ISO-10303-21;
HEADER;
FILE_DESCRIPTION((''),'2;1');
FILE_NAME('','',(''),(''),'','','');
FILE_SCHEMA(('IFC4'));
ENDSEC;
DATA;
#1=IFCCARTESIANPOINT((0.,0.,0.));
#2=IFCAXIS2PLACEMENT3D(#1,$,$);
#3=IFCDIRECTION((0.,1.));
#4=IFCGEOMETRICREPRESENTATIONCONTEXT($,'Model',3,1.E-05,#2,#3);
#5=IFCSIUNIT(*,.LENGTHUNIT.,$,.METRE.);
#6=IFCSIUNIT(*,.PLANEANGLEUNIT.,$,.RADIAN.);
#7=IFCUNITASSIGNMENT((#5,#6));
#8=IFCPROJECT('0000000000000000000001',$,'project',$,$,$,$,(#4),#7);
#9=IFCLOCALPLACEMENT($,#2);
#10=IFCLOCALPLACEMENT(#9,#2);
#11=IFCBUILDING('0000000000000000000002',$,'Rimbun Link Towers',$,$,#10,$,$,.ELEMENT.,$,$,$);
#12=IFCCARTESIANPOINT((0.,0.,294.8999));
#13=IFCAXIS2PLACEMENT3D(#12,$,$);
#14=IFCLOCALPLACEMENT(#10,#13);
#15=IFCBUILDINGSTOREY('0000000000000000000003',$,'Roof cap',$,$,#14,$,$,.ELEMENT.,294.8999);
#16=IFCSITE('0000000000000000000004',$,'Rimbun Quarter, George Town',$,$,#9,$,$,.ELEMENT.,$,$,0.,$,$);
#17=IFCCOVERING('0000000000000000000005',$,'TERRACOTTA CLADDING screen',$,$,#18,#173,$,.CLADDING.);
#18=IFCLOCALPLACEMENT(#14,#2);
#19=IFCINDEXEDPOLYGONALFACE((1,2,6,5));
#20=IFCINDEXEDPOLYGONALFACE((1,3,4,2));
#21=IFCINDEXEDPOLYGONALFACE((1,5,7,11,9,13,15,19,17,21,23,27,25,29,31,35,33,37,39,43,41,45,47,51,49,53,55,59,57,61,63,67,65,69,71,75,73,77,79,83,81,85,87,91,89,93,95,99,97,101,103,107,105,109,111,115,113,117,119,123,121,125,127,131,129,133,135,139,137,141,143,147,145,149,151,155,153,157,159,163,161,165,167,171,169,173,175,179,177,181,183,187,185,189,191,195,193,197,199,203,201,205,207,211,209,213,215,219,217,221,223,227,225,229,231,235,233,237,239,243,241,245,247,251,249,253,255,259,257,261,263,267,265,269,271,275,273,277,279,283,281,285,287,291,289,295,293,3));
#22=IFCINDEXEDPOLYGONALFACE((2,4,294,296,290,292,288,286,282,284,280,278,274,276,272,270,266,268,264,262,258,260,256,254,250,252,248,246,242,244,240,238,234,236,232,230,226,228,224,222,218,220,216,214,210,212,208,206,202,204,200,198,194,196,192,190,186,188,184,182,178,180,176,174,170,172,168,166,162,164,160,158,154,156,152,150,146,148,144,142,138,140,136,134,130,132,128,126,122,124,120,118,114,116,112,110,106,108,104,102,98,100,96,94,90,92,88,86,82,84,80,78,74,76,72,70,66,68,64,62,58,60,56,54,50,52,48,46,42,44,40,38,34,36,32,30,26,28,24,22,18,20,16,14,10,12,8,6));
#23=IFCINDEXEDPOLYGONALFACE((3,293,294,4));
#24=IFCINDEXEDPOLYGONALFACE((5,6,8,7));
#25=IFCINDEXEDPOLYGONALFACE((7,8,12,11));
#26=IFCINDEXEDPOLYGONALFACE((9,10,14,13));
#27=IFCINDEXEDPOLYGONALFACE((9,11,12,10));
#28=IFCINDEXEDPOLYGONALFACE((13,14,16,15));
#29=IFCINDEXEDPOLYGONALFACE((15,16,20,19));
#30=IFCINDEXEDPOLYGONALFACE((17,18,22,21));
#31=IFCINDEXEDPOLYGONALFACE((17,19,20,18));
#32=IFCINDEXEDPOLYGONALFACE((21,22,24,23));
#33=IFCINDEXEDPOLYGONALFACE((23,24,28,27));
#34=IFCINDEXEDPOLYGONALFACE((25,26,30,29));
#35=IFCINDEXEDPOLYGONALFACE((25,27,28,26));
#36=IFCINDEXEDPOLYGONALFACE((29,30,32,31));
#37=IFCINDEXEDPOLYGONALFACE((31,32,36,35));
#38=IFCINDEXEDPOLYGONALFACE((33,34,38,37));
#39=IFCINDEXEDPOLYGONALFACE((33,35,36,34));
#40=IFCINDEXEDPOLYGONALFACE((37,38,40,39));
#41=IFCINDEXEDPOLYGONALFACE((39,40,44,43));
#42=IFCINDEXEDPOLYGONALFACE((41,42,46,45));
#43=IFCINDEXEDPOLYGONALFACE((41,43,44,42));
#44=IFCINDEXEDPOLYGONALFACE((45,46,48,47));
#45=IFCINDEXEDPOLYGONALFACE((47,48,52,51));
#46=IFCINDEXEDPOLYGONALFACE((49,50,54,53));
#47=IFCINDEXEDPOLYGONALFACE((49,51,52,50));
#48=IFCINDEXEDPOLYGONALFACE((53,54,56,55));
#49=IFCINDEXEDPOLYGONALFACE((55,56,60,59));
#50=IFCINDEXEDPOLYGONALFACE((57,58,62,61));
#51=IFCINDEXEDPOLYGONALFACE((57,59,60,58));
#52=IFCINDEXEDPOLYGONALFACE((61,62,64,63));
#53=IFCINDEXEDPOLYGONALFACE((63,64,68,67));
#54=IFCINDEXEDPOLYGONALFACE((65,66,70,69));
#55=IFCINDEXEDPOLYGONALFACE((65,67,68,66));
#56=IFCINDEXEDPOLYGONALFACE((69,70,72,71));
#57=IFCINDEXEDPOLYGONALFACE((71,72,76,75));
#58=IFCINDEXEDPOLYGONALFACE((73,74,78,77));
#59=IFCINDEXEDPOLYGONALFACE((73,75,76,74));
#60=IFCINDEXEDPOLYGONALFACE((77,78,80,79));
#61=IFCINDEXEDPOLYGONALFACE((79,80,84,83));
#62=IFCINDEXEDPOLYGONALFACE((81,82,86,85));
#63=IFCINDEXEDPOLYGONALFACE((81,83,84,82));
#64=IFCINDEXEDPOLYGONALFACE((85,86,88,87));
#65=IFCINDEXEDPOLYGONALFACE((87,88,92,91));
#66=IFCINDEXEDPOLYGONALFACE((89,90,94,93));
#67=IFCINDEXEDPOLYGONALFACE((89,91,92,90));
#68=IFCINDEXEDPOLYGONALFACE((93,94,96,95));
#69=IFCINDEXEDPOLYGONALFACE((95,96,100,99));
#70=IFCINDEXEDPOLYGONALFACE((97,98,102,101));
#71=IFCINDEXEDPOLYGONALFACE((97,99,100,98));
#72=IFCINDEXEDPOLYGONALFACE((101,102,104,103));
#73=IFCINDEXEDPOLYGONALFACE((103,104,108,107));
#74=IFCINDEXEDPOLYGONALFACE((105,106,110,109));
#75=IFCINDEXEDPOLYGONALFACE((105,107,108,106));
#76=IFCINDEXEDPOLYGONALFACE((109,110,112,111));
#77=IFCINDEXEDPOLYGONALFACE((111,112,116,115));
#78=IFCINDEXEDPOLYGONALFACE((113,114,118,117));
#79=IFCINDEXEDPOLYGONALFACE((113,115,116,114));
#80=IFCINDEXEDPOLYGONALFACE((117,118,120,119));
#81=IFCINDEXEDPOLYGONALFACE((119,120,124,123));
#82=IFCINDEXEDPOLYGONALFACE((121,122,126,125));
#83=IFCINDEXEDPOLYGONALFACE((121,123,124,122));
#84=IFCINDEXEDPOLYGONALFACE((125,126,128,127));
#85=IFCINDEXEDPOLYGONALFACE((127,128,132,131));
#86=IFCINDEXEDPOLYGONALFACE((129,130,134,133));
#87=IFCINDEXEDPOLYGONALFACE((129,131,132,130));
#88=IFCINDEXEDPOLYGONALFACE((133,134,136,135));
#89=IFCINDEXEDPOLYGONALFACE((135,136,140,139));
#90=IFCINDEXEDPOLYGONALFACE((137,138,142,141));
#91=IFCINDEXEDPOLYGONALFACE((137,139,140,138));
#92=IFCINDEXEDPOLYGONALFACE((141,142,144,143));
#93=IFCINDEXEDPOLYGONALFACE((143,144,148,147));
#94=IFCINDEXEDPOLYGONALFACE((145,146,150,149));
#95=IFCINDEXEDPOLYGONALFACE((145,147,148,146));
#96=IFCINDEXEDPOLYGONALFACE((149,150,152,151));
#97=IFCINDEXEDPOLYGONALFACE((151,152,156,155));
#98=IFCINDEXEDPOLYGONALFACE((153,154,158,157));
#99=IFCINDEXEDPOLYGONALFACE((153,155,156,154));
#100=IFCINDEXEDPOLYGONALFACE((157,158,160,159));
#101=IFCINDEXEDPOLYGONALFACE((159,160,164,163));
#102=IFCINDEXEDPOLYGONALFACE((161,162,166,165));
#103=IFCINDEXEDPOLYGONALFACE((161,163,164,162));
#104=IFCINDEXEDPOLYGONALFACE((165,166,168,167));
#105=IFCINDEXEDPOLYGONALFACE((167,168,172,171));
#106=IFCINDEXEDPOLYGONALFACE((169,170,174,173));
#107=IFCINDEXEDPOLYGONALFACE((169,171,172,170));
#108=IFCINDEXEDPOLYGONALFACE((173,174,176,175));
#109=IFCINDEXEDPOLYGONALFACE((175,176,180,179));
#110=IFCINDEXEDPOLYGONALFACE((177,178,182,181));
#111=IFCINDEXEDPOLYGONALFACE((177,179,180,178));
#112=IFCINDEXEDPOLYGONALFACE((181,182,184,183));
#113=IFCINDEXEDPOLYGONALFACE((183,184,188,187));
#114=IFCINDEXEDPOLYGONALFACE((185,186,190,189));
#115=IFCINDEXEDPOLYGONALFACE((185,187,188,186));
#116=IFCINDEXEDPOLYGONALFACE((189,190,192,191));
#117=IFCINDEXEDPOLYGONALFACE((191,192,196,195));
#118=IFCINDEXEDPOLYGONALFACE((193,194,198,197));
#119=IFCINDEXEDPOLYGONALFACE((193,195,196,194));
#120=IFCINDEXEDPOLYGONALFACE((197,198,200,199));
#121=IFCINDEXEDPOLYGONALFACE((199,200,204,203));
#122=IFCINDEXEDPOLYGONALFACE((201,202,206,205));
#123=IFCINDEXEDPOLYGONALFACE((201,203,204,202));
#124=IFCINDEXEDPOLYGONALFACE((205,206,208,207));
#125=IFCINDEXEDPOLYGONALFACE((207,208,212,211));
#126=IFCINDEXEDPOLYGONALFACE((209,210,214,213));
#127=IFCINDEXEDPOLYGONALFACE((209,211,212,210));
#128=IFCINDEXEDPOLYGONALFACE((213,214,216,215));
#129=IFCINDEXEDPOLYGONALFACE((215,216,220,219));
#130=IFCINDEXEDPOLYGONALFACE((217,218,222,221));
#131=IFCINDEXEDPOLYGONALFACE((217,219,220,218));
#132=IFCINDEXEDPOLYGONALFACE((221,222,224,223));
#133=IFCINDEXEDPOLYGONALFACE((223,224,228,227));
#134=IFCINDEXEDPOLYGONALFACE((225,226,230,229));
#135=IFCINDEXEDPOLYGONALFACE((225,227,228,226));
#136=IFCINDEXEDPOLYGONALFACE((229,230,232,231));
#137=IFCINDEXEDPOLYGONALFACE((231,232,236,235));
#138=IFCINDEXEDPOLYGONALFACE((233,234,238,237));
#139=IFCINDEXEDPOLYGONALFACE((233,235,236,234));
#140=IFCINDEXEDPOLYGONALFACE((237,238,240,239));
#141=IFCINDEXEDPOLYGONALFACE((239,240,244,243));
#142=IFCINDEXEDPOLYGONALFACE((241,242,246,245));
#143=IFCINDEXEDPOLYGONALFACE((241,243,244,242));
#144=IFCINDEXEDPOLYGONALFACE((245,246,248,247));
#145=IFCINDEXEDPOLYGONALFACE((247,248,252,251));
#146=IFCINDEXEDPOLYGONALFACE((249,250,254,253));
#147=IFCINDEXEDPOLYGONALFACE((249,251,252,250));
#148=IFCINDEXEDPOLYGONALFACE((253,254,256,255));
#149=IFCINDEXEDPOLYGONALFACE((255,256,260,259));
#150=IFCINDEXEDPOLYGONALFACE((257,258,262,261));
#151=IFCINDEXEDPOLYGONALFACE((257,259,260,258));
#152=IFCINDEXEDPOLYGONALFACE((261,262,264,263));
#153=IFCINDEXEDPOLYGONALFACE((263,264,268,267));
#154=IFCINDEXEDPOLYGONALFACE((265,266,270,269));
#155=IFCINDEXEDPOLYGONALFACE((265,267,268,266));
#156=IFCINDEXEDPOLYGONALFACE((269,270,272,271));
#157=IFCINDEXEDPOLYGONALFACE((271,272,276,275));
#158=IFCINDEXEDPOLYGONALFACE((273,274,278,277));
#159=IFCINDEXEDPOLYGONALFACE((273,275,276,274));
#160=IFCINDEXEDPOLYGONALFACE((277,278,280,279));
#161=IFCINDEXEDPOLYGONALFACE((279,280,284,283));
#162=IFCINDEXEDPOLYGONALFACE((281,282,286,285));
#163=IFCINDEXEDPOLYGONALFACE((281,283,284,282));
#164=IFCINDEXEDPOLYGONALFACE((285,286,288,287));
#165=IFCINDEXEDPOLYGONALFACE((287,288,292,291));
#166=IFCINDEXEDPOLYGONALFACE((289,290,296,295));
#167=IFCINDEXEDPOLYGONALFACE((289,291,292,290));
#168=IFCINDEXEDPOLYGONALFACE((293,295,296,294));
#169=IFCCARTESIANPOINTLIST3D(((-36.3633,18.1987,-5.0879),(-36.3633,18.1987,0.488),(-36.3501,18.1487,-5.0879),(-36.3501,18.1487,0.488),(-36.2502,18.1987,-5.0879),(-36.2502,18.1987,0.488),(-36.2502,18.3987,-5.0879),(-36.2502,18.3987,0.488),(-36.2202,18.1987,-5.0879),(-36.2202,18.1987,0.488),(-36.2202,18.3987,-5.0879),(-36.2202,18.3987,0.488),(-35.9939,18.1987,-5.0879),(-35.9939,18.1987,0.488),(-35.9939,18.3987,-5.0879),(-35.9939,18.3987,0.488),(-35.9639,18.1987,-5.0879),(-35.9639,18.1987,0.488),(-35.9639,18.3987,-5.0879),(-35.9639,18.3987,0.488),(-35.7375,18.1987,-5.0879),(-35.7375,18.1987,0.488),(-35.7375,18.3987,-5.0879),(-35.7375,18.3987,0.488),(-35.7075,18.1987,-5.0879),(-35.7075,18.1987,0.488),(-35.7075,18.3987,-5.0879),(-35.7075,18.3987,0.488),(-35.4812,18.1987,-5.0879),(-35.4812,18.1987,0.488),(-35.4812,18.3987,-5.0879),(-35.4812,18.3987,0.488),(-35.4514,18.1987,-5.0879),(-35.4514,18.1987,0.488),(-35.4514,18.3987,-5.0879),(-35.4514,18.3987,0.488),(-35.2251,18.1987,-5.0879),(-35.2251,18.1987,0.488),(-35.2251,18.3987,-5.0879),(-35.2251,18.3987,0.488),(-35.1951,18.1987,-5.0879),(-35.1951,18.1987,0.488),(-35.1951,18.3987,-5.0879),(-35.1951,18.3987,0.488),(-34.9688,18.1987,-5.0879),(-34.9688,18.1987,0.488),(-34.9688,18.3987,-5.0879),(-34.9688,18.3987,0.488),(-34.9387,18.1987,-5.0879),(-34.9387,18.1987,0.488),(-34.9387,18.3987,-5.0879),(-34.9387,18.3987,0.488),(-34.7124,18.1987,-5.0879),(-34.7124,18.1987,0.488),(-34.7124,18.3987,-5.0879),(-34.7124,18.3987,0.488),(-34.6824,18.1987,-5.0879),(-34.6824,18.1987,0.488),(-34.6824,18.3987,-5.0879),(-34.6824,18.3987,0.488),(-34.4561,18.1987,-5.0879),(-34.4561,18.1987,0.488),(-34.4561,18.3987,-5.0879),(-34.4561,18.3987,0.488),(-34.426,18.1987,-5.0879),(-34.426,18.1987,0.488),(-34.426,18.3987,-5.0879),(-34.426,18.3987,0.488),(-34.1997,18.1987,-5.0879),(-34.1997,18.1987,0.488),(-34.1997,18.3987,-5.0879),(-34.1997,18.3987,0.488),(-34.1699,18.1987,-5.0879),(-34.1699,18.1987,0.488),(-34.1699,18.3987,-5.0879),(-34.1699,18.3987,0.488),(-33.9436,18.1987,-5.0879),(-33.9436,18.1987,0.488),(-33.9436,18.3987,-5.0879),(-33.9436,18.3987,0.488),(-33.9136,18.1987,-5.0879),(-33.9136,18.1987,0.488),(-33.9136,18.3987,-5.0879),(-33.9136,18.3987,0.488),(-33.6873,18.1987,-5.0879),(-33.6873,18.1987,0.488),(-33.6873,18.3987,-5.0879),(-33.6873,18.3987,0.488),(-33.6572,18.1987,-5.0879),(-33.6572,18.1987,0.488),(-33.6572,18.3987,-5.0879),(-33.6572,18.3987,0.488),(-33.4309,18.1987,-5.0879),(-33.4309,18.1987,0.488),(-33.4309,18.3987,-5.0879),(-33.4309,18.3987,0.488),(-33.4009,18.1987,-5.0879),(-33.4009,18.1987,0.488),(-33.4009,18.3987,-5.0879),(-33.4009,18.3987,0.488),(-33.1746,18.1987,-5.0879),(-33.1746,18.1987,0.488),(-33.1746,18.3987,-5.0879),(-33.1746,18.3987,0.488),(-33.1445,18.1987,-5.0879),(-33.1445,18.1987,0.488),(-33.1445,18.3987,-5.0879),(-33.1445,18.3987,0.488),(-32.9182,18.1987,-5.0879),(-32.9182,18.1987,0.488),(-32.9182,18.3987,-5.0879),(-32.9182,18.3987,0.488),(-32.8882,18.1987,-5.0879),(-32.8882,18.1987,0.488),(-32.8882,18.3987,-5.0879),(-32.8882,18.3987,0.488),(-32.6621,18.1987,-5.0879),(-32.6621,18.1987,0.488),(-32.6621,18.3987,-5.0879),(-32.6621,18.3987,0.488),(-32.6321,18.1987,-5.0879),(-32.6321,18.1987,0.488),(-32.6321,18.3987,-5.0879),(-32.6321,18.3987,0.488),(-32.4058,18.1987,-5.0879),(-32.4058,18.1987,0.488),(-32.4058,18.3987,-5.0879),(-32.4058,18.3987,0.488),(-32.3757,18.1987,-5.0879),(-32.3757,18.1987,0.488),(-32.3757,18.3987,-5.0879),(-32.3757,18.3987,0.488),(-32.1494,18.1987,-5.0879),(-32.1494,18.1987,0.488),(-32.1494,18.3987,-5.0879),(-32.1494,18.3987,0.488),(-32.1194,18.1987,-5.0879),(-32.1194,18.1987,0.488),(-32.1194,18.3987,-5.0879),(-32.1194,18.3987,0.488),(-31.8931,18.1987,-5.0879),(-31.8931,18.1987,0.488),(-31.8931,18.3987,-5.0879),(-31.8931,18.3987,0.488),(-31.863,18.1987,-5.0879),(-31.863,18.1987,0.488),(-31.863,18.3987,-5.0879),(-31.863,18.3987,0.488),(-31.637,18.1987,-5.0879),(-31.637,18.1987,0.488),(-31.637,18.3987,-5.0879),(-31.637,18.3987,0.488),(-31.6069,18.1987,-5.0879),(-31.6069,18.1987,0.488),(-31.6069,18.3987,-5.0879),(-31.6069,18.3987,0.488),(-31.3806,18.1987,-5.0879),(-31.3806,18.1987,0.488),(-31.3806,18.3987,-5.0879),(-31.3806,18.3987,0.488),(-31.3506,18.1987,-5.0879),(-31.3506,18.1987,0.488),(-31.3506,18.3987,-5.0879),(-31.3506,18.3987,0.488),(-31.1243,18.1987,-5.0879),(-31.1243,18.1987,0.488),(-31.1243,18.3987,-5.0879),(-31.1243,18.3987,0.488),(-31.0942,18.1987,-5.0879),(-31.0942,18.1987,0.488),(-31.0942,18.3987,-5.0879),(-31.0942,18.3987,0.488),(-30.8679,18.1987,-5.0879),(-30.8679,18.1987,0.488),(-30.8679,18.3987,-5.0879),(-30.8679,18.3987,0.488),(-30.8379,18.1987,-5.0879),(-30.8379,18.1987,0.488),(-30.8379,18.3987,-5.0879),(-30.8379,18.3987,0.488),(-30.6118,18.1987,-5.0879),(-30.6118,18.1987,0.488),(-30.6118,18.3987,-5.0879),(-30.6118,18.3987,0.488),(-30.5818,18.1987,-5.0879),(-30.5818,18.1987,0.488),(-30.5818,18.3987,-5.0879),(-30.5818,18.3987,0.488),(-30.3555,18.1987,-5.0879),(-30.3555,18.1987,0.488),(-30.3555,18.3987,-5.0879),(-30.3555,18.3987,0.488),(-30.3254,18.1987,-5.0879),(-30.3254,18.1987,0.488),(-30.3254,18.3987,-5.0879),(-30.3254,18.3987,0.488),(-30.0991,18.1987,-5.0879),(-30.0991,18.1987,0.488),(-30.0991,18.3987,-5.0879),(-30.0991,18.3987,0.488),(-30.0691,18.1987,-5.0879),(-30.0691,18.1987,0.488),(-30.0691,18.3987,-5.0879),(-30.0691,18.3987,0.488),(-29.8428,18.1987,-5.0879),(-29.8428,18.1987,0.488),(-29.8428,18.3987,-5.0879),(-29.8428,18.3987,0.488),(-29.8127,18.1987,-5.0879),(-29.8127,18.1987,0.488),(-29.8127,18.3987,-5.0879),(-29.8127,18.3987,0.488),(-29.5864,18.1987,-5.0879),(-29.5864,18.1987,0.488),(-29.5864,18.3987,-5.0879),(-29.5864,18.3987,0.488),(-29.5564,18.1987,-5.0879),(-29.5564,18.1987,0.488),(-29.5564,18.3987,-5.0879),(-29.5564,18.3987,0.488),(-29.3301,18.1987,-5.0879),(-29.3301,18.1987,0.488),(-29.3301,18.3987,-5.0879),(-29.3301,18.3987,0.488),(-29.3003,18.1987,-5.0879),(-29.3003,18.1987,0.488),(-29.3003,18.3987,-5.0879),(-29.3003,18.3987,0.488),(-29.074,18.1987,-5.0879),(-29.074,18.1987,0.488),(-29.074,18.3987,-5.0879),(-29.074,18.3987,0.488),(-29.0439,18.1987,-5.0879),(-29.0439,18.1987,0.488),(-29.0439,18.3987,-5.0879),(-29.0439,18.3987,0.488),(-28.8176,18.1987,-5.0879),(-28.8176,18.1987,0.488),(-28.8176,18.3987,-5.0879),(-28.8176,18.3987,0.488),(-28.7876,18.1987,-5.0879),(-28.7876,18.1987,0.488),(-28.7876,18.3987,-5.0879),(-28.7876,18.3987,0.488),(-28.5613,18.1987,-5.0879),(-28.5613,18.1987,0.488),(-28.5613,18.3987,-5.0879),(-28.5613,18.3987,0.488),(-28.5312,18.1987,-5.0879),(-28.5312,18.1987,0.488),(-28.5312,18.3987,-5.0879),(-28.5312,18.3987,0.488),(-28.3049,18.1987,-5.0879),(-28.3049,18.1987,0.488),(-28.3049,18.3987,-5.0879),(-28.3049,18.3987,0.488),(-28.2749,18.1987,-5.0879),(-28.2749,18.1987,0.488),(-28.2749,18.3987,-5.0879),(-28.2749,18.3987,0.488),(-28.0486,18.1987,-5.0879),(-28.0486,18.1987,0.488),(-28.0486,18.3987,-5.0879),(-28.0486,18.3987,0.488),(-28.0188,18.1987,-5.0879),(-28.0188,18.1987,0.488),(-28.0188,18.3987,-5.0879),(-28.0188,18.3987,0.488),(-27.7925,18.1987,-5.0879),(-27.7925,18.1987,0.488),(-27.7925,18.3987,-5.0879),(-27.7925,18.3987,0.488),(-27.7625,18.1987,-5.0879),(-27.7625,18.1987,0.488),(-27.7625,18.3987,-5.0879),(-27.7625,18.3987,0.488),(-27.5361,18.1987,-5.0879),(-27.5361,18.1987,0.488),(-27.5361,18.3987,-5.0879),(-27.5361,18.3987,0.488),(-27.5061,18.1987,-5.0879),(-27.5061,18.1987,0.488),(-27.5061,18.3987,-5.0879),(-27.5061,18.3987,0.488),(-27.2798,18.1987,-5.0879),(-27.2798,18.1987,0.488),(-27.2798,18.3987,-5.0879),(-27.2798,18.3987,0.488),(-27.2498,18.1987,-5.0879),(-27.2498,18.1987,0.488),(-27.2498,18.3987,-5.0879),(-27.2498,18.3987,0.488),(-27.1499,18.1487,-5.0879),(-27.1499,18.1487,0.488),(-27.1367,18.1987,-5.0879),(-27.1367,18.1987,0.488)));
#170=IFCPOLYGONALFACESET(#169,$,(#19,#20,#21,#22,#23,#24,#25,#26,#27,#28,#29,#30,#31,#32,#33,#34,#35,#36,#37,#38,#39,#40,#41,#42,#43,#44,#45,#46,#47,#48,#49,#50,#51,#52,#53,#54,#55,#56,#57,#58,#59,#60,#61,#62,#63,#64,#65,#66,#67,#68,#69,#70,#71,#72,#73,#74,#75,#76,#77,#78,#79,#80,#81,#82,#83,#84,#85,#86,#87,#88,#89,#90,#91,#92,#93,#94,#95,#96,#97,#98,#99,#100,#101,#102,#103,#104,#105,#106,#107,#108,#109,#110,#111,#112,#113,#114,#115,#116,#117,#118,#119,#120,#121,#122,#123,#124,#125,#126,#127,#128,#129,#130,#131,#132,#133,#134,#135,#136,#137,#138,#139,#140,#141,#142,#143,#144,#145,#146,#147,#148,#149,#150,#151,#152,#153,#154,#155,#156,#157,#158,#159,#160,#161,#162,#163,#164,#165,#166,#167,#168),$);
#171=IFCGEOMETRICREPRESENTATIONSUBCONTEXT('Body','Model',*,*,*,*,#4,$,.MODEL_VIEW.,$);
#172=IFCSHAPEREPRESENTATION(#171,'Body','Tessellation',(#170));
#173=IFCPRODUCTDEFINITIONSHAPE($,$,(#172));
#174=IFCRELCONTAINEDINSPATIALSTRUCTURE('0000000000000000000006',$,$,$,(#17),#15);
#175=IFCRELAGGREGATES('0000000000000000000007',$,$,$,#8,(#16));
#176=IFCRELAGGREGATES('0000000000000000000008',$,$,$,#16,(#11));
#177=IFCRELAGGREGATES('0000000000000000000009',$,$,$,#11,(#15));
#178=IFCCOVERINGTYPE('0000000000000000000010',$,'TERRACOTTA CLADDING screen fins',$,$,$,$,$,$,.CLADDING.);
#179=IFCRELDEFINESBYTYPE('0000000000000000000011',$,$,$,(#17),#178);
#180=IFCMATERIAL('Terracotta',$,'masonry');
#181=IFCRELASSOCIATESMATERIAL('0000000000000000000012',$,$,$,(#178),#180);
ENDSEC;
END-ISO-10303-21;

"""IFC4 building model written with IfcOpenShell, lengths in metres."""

from ifc_helpers import new_model, si_unit, direction, frame, origin, place, context, subcontext, project, spatial, polyline, outline, extrude, material, type_object, element, save


model = new_model("IFC4")

# Units and contexts
model_context = context("Model", 3, precision=1e-05, world=origin(), true_north=direction((0.0, 1.0)))
body_context = subcontext(model_context, "Body", "Model", "MODEL_VIEW")
ifc_project = project(units=[si_unit("LENGTHUNIT", "METRE"), si_unit("PLANEANGLEUNIT", "RADIAN")], contexts=[model_context])

# Site, building, storey
site_placement = place(None, origin())
site = spatial("IfcSite", under=ifc_project, at=site_placement, Name="Rimbun Quarter, George Town", CompositionType="ELEMENT", RefElevation=0.0)
building_placement = place(site_placement, origin())
building = spatial("IfcBuilding", under=site, at=building_placement, Name="Rimbun Link Towers", CompositionType="ELEMENT")
storey_placement = place(building_placement, frame((0.0, 0.0, 294.8999)))
storey = spatial("IfcBuildingStorey", under=building, at=storey_placement, Name="Roof cap", CompositionType="ELEMENT", Elevation=294.8999)

# Covering
ifc_material = material(Name="Terracotta", Category="masonry")
covering_type = type_object("IfcCoveringType", Name="TERRACOTTA CLADDING screen fins", PredefinedType="CLADDING", material=ifc_material)
covering_1_placement = place(storey_placement, frame((0.0, 0.0, -5.0879)))
element("IfcCovering", 1, at=covering_1_placement, inside=storey, type_object=covering_type, Name="TERRACOTTA CLADDING screen", PredefinedType="CLADDING", context=body_context, shape_type="SweptSolid", body=[
    extrude(outline(polyline([(-27.1367, 18.1987), (-27.2498, 18.1987), (-27.2498, 18.3987), (-27.2798, 18.3987), (-27.2798, 18.1987), (-27.5061, 18.1987), (-27.5061, 18.3987), (-27.5361, 18.3987), (-27.5361, 18.1987), (-27.7625, 18.1987), (-27.7625, 18.3987), (-27.7925, 18.3987), (-27.7925, 18.1987), (-28.0188, 18.1987), (-28.0188, 18.3987), (-28.0486, 18.3987), (-28.0486, 18.1987), (-28.2749, 18.1987), (-28.2749, 18.3987), (-28.3049, 18.3987), (-28.3049, 18.1987), (-28.5312, 18.1987), (-28.5312, 18.3987), (-28.5613, 18.3987), (-28.5613, 18.1987), (-28.7876, 18.1987), (-28.7876, 18.3987), (-28.8176, 18.3987), (-28.8176, 18.1987), (-29.0439, 18.1987), (-29.0439, 18.3987), (-29.074, 18.3987), (-29.074, 18.1987), (-29.3003, 18.1987), (-29.3003, 18.3987), (-29.3301, 18.3987), (-29.3301, 18.1987), (-29.5564, 18.1987), (-29.5564, 18.3987), (-29.5864, 18.3987), (-29.5864, 18.1987), (-29.8127, 18.1987), (-29.8127, 18.3987), (-29.8428, 18.3987), (-29.8428, 18.1987), (-30.0691, 18.1987), (-30.0691, 18.3987), (-30.0991, 18.3987), (-30.0991, 18.1987), (-30.3254, 18.1987), (-30.3254, 18.3987), (-30.3555, 18.3987), (-30.3555, 18.1987), (-30.5818, 18.1987), (-30.5818, 18.3987), (-30.6118, 18.3987), (-30.6118, 18.1987), (-30.8379, 18.1987), (-30.8379, 18.3987), (-30.8679, 18.3987), (-30.8679, 18.1987), (-31.0942, 18.1987), (-31.0942, 18.3987), (-31.1243, 18.3987), (-31.1243, 18.1987), (-31.3506, 18.1987), (-31.3506, 18.3987), (-31.3806, 18.3987), (-31.3806, 18.1987), (-31.6069, 18.1987), (-31.6069, 18.3987), (-31.637, 18.3987), (-31.637, 18.1987), (-31.863, 18.1987), (-31.863, 18.3987), (-31.8931, 18.3987), (-31.8931, 18.1987), (-32.1194, 18.1987), (-32.1194, 18.3987), (-32.1494, 18.3987), (-32.1494, 18.1987), (-32.3757, 18.1987), (-32.3757, 18.3987), (-32.4058, 18.3987), (-32.4058, 18.1987), (-32.6321, 18.1987), (-32.6321, 18.3987), (-32.6621, 18.3987), (-32.6621, 18.1987), (-32.8882, 18.1987), (-32.8882, 18.3987), (-32.9182, 18.3987), (-32.9182, 18.1987), (-33.1445, 18.1987), (-33.1445, 18.3987), (-33.1746, 18.3987), (-33.1746, 18.1987), (-33.4009, 18.1987), (-33.4009, 18.3987), (-33.4309, 18.3987), (-33.4309, 18.1987), (-33.6572, 18.1987), (-33.6572, 18.3987), (-33.6873, 18.3987), (-33.6873, 18.1987), (-33.9136, 18.1987), (-33.9136, 18.3987), (-33.9436, 18.3987), (-33.9436, 18.1987), (-34.1699, 18.1987), (-34.1699, 18.3987), (-34.1997, 18.3987), (-34.1997, 18.1987), (-34.426, 18.1987), (-34.426, 18.3987), (-34.4561, 18.3987), (-34.4561, 18.1987), (-34.6824, 18.1987), (-34.6824, 18.3987), (-34.7124, 18.3987), (-34.7124, 18.1987), (-34.9387, 18.1987), (-34.9387, 18.3987), (-34.9688, 18.3987), (-34.9688, 18.1987), (-35.1951, 18.1987), (-35.1951, 18.3987), (-35.2251, 18.3987), (-35.2251, 18.1987), (-35.4514, 18.1987), (-35.4514, 18.3987), (-35.4812, 18.3987), (-35.4812, 18.1987), (-35.7075, 18.1987), (-35.7075, 18.3987), (-35.7375, 18.3987), (-35.7375, 18.1987), (-35.9639, 18.1987), (-35.9639, 18.3987), (-35.9939, 18.3987), (-35.9939, 18.1987), (-36.2202, 18.1987), (-36.2202, 18.3987), (-36.2502, 18.3987), (-36.2502, 18.1987), (-36.3633, 18.1987), (-36.3501, 18.1487), (-27.1499, 18.1487), (-27.1367, 18.1987)])), origin(), (0.0, 0.0, 1.0), 5.5759),
])

save(model, "model.ifc")
